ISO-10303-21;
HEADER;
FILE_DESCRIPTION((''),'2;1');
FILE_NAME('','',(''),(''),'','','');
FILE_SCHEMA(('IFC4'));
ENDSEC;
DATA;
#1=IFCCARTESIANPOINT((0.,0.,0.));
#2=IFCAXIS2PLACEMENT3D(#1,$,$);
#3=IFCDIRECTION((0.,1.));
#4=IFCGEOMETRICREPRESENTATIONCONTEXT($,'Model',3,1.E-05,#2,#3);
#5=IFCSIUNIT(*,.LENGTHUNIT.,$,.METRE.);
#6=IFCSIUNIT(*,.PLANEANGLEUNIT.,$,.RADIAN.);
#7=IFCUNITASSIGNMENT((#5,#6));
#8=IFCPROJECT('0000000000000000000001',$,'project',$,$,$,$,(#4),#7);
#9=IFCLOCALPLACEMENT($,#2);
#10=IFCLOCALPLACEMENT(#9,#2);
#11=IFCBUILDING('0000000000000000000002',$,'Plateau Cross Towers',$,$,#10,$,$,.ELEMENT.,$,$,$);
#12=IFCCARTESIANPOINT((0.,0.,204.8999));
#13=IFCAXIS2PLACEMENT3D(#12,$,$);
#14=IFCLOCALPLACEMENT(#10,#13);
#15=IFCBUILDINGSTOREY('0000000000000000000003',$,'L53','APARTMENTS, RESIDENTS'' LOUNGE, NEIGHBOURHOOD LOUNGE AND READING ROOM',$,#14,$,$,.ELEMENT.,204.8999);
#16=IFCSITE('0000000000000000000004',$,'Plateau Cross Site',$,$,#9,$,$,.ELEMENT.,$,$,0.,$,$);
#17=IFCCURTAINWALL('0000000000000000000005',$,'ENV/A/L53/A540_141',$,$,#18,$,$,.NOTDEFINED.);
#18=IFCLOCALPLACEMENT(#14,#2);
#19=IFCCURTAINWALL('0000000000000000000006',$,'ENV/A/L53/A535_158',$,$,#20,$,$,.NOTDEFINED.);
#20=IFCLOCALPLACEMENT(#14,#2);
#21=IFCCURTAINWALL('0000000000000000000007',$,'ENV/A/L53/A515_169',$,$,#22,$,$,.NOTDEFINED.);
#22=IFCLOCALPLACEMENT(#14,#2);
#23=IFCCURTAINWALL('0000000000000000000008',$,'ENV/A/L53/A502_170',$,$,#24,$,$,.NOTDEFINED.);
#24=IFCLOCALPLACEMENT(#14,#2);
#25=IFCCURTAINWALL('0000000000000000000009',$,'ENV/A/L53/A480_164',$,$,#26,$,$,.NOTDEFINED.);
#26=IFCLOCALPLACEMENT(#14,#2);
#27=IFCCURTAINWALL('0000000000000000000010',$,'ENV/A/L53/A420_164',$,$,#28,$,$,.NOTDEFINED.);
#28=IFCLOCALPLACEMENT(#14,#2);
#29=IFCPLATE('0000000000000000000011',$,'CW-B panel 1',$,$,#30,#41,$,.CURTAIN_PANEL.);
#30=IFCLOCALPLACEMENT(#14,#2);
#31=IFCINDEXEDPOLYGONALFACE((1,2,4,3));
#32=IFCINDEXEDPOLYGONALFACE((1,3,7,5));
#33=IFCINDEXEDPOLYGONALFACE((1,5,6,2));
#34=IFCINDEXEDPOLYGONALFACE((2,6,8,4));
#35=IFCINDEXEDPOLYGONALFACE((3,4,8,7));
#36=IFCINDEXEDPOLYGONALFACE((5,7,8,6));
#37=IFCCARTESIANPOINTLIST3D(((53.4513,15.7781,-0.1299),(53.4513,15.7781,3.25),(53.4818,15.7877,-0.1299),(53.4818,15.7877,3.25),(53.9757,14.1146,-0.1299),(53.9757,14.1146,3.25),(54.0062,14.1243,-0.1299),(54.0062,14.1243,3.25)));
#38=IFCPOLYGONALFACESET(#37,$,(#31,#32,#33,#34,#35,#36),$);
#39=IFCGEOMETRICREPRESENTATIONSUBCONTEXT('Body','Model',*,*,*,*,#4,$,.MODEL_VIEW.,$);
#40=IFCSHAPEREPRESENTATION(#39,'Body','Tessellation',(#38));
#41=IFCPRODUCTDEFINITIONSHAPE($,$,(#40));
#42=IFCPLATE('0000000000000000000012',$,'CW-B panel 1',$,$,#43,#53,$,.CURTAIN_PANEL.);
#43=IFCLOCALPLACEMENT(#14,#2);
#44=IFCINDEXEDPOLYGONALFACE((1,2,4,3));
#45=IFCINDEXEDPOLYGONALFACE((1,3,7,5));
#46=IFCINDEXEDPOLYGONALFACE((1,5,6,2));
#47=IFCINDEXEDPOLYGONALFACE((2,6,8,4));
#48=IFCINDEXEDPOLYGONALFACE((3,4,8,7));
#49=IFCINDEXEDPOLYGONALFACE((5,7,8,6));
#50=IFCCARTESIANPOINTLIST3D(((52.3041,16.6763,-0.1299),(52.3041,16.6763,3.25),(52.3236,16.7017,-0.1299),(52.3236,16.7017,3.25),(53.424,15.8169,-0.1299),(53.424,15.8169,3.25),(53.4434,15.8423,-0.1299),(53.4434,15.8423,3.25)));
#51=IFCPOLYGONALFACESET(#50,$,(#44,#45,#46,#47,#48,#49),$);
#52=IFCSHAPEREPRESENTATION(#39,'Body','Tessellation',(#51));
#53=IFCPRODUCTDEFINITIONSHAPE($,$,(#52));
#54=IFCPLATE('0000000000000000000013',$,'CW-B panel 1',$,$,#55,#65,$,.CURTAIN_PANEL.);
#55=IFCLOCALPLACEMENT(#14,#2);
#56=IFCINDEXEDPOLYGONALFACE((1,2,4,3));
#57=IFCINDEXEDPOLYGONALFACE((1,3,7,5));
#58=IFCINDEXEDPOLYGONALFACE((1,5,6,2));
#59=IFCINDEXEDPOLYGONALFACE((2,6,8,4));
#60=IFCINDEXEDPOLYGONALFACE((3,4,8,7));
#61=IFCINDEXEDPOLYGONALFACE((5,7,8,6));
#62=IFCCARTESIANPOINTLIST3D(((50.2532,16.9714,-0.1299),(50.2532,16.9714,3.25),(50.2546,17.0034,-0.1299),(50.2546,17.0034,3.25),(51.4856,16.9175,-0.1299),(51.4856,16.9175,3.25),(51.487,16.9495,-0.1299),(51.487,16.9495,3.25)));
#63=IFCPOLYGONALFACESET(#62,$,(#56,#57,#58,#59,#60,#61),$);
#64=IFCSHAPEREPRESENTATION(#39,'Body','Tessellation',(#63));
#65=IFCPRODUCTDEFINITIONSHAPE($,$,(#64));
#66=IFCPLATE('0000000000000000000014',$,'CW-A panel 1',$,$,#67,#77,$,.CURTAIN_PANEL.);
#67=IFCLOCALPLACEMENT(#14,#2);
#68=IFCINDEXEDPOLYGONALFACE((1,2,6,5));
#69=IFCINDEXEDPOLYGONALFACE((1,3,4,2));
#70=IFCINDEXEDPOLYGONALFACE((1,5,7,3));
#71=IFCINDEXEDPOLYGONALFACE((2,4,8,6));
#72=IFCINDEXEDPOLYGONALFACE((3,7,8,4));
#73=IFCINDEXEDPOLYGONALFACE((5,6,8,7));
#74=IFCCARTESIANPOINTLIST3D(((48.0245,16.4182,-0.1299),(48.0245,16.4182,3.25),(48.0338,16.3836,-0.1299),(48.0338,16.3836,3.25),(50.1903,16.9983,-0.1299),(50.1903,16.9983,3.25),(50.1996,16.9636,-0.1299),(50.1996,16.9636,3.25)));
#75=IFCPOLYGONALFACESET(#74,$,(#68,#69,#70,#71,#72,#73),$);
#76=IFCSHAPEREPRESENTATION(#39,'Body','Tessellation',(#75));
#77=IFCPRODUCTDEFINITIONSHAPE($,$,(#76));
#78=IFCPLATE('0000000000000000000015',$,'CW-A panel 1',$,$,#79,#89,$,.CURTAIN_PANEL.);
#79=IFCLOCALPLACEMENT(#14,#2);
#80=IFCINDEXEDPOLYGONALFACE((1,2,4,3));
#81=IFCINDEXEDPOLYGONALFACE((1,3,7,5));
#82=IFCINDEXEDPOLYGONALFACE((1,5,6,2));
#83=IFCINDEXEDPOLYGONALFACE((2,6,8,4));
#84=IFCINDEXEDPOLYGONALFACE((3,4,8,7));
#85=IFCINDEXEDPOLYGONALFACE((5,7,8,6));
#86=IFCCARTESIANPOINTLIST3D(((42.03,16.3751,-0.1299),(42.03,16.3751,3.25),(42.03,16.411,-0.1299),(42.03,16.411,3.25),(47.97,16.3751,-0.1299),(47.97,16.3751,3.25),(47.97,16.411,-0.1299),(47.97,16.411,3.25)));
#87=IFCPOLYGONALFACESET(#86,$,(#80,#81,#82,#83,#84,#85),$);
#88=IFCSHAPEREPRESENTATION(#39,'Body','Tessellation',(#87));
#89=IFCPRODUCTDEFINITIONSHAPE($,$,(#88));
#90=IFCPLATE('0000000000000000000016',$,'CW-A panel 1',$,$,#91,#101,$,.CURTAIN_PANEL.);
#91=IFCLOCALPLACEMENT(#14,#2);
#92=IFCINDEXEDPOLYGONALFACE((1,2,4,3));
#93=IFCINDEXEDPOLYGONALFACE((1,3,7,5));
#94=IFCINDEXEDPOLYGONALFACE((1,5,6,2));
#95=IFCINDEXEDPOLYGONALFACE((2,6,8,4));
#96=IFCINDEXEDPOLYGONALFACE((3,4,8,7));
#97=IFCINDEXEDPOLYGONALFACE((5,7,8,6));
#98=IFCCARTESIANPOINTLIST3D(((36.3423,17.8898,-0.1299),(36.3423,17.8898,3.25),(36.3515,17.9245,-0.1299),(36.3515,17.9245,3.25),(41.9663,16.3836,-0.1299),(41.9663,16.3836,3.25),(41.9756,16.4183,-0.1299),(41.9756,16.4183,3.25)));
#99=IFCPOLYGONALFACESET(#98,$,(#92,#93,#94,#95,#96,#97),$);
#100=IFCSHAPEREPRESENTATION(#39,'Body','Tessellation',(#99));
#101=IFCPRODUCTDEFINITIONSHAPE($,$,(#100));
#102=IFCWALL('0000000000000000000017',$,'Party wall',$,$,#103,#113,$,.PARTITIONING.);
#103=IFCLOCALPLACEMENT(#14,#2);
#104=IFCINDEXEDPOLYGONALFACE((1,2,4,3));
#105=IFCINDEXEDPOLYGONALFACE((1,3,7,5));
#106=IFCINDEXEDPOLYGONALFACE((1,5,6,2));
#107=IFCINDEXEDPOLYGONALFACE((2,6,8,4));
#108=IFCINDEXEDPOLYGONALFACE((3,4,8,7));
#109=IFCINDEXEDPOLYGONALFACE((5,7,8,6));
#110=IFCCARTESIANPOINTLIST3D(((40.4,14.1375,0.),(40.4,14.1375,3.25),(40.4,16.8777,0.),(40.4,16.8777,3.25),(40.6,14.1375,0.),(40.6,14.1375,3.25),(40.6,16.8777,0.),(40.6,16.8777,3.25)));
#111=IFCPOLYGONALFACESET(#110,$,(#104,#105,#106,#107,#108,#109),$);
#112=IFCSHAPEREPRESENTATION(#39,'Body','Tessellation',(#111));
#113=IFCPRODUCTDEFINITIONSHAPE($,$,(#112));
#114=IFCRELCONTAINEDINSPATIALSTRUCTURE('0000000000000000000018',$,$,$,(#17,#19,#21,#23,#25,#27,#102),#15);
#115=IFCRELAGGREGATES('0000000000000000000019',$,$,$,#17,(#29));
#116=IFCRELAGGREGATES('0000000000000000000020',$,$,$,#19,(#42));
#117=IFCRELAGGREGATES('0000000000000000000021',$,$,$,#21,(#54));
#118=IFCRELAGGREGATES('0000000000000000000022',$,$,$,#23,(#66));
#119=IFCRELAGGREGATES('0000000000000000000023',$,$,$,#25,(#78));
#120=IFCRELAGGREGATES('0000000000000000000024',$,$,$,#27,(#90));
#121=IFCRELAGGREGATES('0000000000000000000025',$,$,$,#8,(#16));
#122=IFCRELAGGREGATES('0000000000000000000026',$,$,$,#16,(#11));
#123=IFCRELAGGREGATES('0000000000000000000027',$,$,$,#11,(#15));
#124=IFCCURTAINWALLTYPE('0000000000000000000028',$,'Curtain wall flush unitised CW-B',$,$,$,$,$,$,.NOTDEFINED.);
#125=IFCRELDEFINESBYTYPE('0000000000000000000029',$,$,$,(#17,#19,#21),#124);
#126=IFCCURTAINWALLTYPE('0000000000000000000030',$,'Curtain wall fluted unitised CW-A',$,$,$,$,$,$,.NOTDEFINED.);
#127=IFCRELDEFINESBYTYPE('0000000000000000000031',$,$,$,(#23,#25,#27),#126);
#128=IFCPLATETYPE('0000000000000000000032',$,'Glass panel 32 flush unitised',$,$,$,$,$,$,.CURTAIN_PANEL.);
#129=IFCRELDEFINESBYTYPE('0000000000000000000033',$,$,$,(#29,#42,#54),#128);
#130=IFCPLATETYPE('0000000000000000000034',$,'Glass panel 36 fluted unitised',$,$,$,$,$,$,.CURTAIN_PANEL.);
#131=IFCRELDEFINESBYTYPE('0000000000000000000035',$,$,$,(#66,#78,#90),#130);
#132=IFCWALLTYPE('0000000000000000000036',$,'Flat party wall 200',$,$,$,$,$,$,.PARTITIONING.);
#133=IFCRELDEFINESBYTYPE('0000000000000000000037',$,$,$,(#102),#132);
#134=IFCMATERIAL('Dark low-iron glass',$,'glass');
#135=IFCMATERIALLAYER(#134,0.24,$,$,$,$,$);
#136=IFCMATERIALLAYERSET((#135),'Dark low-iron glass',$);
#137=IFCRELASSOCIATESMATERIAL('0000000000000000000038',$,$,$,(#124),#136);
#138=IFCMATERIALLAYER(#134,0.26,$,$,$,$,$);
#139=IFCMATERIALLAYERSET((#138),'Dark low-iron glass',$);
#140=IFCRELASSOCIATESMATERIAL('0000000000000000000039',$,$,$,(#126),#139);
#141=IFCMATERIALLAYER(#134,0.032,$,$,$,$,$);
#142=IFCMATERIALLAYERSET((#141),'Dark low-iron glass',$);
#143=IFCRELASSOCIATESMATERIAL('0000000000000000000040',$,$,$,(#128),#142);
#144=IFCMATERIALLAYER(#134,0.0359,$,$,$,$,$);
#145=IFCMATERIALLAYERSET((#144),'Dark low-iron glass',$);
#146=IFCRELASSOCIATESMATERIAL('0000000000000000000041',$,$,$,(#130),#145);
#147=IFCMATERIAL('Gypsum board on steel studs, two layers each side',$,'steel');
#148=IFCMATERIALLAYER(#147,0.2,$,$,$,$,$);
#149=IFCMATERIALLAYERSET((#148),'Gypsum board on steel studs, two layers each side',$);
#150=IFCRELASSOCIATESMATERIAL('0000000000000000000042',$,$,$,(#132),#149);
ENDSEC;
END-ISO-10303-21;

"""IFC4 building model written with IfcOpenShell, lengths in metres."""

from ifc_helpers import new_model, si_unit, direction, frame, frame_2d, origin, origin_2d, place, context, subcontext, project, spatial, rectangle, extrude, material, layer, layer_set, type_object, element, aggregate, save


model = new_model("IFC4")

# Units and contexts
model_context = context("Model", 3, precision=1e-05, world=origin(), true_north=direction((0.0, 1.0)))
body_context = subcontext(model_context, "Body", "Model", "MODEL_VIEW")
ifc_project = project(units=[si_unit("LENGTHUNIT", "METRE"), si_unit("PLANEANGLEUNIT", "RADIAN")], contexts=[model_context])

# Site, building, storey
site_placement = place(None, origin())
site = spatial("IfcSite", under=ifc_project, at=site_placement, Name="Plateau Cross Site", CompositionType="ELEMENT", RefElevation=0.0)
building_placement = place(site_placement, origin())
building = spatial("IfcBuilding", under=site, at=building_placement, Name="Plateau Cross Towers", CompositionType="ELEMENT")
storey_placement = place(building_placement, frame((0.0, 0.0, 204.8999)))
storey = spatial("IfcBuildingStorey", under=building, at=storey_placement, Name="L53", Description="APARTMENTS, RESIDENTS' LOUNGE, NEIGHBOURHOOD LOUNGE AND READING ROOM", CompositionType="ELEMENT", Elevation=204.8999)

# Curtain wall
ifc_material_1 = material(Name="Dark low-iron glass", Category="glass")
ifc_layer_1 = layer(ifc_material_1, 0.24)
ifc_layer_set_1 = layer_set([ifc_layer_1], Name="Dark low-iron glass")
curtain_wall_type_1 = type_object("IfcCurtainWallType", Name="Curtain wall flush unitised CW-B", PredefinedType="NOTDEFINED", material=ifc_layer_set_1)
curtain_wall_1_placement = place(storey_placement, origin())
curtain_wall_1 = element("IfcCurtainWall", 1, at=curtain_wall_1_placement, inside=storey, type_object=curtain_wall_type_1, Name="ENV/A/L53/A540_141", PredefinedType="NOTDEFINED")

# Curtain wall
curtain_wall_2_placement = place(storey_placement, origin())
curtain_wall_2 = element("IfcCurtainWall", 2, at=curtain_wall_2_placement, inside=storey, type_object=curtain_wall_type_1, Name="ENV/A/L53/A535_158", PredefinedType="NOTDEFINED")

# Curtain walls
curtain_wall_3_placement = place(storey_placement, origin())
curtain_wall_3 = element("IfcCurtainWall", 3, at=curtain_wall_3_placement, inside=storey, type_object=curtain_wall_type_1, Name="ENV/A/L53/A515_169", PredefinedType="NOTDEFINED")
ifc_layer_2 = layer(ifc_material_1, 0.26)
ifc_layer_set_2 = layer_set([ifc_layer_2], Name="Dark low-iron glass")
curtain_wall_type_2 = type_object("IfcCurtainWallType", Name="Curtain wall fluted unitised CW-A", PredefinedType="NOTDEFINED", material=ifc_layer_set_2)
curtain_wall_4_placement = place(storey_placement, origin())
curtain_wall_4 = element("IfcCurtainWall", 4, at=curtain_wall_4_placement, inside=storey, type_object=curtain_wall_type_2, Name="ENV/A/L53/A502_170", PredefinedType="NOTDEFINED")
curtain_wall_5_placement = place(storey_placement, origin())
curtain_wall_5 = element("IfcCurtainWall", 5, at=curtain_wall_5_placement, inside=storey, type_object=curtain_wall_type_2, Name="ENV/A/L53/A480_164", PredefinedType="NOTDEFINED")
curtain_wall_6_placement = place(storey_placement, origin())
curtain_wall_6 = element("IfcCurtainWall", 6, at=curtain_wall_6_placement, inside=storey, type_object=curtain_wall_type_2, Name="ENV/A/L53/A420_164", PredefinedType="NOTDEFINED")

# Plates
ifc_layer_3 = layer(ifc_material_1, 0.032)
ifc_layer_set_3 = layer_set([ifc_layer_3], Name="Dark low-iron glass")
plate_type_1 = type_object("IfcPlateType", Name="Glass panel 32 flush unitised", PredefinedType="CURTAIN_PANEL", material=ifc_layer_set_3)
plate_1_placement = place(storey_placement, frame((53.7288, 14.9512, -0.1299), z_axis=(0.0, 0.0, 1.0), x_axis=(-0.300686, 0.953723, 0.0)))
plate_1 = element("IfcPlate", 7, at=plate_1_placement, type_object=plate_type_1, Name="CW-B panel 1", PredefinedType="CURTAIN_PANEL", context=body_context, shape_type="SweptSolid", body=[
    extrude(rectangle(XDim=1.7441, YDim=0.032, at=origin_2d()), origin(), (0.0, 0.0, 1.0), 3.3799),
])
aggregate(curtain_wall_1, [plate_1])
plate_2_placement = place(storey_placement, frame((52.8738, 16.2593, -0.1299), z_axis=(0.0, 0.0, 1.0), x_axis=(-0.793316, 0.608811, 0.0)))
plate_2 = element("IfcPlate", 8, at=plate_2_placement, type_object=plate_type_1, Name="CW-B panel 1", PredefinedType="CURTAIN_PANEL", context=body_context, shape_type="SweptSolid", body=[
    extrude(rectangle(XDim=1.4116, YDim=0.032, at=origin_2d()), origin(), (0.0, 0.0, 1.0), 3.3799),
])
aggregate(curtain_wall_2, [plate_2])
plate_3_placement = place(storey_placement, frame((50.8701, 16.9604, -0.1299), z_axis=(0.0, 0.0, 1.0), x_axis=(-0.999044, 0.043723, 0.0)))
plate_3 = element("IfcPlate", 9, at=plate_3_placement, type_object=plate_type_1, Name="CW-B panel 1", PredefinedType="CURTAIN_PANEL", context=body_context, shape_type="SweptSolid", body=[
    extrude(rectangle(XDim=1.2336, YDim=0.032, at=origin_2d()), origin(), (0.0, 0.0, 1.0), 3.3799),
])
aggregate(curtain_wall_3, [plate_3])
ifc_layer_4 = layer(ifc_material_1, 0.0359)
ifc_layer_set_4 = layer_set([ifc_layer_4], Name="Dark low-iron glass")
plate_type_2 = type_object("IfcPlateType", Name="Glass panel 36 fluted unitised", PredefinedType="CURTAIN_PANEL", material=ifc_layer_set_4)
plate_4_placement = place(storey_placement, frame((49.1121, 16.6909, -0.1299), z_axis=(0.0, 0.0, 1.0), x_axis=(-0.965958, -0.258699, 0.0)))
plate_4 = element("IfcPlate", 10, at=plate_4_placement, type_object=plate_type_2, Name="CW-A panel 1", PredefinedType="CURTAIN_PANEL", context=body_context, shape_type="SweptSolid", body=[
    extrude(rectangle(XDim=2.2422, YDim=0.0359, at=origin_2d()), origin(), (0.0, 0.0, 1.0), 3.3799),
])
aggregate(curtain_wall_4, [plate_4])
plate_5_placement = place(storey_placement, frame((45.0, 16.3931, -0.1299), z_axis=(0.0, 0.0, 1.0), x_axis=(-1.0, 0.0, 0.0)))
plate_5 = element("IfcPlate", 11, at=plate_5_placement, type_object=plate_type_2, Name="CW-A panel 1", PredefinedType="CURTAIN_PANEL", context=body_context, shape_type="SweptSolid", body=[
    extrude(rectangle(XDim=5.9399, YDim=0.0359, at=origin_2d()), origin(), (0.0, 0.0, 1.0), 3.3799),
])
aggregate(curtain_wall_5, [plate_5])
plate_6_placement = place(storey_placement, frame((39.1589, 17.1541, -0.1299), z_axis=(0.0, 0.0, 1.0), x_axis=(-0.965958, 0.258699, 0.0)))
plate_6 = element("IfcPlate", 12, at=plate_6_placement, type_object=plate_type_2, Name="CW-A panel 1", PredefinedType="CURTAIN_PANEL", context=body_context, shape_type="SweptSolid", body=[
    extrude(rectangle(XDim=5.8223, YDim=0.0359, at=origin_2d()), origin(), (0.0, 0.0, 1.0), 3.3799),
])
aggregate(curtain_wall_6, [plate_6])

# Wall
ifc_material_2 = material(Name="Gypsum board on steel studs, two layers each side", Category="steel")
ifc_layer_5 = layer(ifc_material_2, 0.2)
ifc_layer_set_5 = layer_set([ifc_layer_5], Name="Gypsum board on steel studs, two layers each side")
wall_type = type_object("IfcWallType", Name="Flat party wall 200", PredefinedType="PARTITIONING", material=ifc_layer_set_5)
wall_placement = place(storey_placement, frame((40.5, 14.1375, 0.0), z_axis=(0.0, 0.0, 1.0), x_axis=(0.0, 1.0, 0.0)))
element("IfcWall", 13, at=wall_placement, inside=storey, type_object=wall_type, Name="Party wall", PredefinedType="PARTITIONING", context=body_context, shape_type="SweptSolid", body=[
    extrude(rectangle(XDim=2.7402, YDim=0.2, at=frame_2d((1.3701, 0.0))), origin(), (0.0, 0.0, 1.0), 3.25),
])

save(model, "model.ifc")
